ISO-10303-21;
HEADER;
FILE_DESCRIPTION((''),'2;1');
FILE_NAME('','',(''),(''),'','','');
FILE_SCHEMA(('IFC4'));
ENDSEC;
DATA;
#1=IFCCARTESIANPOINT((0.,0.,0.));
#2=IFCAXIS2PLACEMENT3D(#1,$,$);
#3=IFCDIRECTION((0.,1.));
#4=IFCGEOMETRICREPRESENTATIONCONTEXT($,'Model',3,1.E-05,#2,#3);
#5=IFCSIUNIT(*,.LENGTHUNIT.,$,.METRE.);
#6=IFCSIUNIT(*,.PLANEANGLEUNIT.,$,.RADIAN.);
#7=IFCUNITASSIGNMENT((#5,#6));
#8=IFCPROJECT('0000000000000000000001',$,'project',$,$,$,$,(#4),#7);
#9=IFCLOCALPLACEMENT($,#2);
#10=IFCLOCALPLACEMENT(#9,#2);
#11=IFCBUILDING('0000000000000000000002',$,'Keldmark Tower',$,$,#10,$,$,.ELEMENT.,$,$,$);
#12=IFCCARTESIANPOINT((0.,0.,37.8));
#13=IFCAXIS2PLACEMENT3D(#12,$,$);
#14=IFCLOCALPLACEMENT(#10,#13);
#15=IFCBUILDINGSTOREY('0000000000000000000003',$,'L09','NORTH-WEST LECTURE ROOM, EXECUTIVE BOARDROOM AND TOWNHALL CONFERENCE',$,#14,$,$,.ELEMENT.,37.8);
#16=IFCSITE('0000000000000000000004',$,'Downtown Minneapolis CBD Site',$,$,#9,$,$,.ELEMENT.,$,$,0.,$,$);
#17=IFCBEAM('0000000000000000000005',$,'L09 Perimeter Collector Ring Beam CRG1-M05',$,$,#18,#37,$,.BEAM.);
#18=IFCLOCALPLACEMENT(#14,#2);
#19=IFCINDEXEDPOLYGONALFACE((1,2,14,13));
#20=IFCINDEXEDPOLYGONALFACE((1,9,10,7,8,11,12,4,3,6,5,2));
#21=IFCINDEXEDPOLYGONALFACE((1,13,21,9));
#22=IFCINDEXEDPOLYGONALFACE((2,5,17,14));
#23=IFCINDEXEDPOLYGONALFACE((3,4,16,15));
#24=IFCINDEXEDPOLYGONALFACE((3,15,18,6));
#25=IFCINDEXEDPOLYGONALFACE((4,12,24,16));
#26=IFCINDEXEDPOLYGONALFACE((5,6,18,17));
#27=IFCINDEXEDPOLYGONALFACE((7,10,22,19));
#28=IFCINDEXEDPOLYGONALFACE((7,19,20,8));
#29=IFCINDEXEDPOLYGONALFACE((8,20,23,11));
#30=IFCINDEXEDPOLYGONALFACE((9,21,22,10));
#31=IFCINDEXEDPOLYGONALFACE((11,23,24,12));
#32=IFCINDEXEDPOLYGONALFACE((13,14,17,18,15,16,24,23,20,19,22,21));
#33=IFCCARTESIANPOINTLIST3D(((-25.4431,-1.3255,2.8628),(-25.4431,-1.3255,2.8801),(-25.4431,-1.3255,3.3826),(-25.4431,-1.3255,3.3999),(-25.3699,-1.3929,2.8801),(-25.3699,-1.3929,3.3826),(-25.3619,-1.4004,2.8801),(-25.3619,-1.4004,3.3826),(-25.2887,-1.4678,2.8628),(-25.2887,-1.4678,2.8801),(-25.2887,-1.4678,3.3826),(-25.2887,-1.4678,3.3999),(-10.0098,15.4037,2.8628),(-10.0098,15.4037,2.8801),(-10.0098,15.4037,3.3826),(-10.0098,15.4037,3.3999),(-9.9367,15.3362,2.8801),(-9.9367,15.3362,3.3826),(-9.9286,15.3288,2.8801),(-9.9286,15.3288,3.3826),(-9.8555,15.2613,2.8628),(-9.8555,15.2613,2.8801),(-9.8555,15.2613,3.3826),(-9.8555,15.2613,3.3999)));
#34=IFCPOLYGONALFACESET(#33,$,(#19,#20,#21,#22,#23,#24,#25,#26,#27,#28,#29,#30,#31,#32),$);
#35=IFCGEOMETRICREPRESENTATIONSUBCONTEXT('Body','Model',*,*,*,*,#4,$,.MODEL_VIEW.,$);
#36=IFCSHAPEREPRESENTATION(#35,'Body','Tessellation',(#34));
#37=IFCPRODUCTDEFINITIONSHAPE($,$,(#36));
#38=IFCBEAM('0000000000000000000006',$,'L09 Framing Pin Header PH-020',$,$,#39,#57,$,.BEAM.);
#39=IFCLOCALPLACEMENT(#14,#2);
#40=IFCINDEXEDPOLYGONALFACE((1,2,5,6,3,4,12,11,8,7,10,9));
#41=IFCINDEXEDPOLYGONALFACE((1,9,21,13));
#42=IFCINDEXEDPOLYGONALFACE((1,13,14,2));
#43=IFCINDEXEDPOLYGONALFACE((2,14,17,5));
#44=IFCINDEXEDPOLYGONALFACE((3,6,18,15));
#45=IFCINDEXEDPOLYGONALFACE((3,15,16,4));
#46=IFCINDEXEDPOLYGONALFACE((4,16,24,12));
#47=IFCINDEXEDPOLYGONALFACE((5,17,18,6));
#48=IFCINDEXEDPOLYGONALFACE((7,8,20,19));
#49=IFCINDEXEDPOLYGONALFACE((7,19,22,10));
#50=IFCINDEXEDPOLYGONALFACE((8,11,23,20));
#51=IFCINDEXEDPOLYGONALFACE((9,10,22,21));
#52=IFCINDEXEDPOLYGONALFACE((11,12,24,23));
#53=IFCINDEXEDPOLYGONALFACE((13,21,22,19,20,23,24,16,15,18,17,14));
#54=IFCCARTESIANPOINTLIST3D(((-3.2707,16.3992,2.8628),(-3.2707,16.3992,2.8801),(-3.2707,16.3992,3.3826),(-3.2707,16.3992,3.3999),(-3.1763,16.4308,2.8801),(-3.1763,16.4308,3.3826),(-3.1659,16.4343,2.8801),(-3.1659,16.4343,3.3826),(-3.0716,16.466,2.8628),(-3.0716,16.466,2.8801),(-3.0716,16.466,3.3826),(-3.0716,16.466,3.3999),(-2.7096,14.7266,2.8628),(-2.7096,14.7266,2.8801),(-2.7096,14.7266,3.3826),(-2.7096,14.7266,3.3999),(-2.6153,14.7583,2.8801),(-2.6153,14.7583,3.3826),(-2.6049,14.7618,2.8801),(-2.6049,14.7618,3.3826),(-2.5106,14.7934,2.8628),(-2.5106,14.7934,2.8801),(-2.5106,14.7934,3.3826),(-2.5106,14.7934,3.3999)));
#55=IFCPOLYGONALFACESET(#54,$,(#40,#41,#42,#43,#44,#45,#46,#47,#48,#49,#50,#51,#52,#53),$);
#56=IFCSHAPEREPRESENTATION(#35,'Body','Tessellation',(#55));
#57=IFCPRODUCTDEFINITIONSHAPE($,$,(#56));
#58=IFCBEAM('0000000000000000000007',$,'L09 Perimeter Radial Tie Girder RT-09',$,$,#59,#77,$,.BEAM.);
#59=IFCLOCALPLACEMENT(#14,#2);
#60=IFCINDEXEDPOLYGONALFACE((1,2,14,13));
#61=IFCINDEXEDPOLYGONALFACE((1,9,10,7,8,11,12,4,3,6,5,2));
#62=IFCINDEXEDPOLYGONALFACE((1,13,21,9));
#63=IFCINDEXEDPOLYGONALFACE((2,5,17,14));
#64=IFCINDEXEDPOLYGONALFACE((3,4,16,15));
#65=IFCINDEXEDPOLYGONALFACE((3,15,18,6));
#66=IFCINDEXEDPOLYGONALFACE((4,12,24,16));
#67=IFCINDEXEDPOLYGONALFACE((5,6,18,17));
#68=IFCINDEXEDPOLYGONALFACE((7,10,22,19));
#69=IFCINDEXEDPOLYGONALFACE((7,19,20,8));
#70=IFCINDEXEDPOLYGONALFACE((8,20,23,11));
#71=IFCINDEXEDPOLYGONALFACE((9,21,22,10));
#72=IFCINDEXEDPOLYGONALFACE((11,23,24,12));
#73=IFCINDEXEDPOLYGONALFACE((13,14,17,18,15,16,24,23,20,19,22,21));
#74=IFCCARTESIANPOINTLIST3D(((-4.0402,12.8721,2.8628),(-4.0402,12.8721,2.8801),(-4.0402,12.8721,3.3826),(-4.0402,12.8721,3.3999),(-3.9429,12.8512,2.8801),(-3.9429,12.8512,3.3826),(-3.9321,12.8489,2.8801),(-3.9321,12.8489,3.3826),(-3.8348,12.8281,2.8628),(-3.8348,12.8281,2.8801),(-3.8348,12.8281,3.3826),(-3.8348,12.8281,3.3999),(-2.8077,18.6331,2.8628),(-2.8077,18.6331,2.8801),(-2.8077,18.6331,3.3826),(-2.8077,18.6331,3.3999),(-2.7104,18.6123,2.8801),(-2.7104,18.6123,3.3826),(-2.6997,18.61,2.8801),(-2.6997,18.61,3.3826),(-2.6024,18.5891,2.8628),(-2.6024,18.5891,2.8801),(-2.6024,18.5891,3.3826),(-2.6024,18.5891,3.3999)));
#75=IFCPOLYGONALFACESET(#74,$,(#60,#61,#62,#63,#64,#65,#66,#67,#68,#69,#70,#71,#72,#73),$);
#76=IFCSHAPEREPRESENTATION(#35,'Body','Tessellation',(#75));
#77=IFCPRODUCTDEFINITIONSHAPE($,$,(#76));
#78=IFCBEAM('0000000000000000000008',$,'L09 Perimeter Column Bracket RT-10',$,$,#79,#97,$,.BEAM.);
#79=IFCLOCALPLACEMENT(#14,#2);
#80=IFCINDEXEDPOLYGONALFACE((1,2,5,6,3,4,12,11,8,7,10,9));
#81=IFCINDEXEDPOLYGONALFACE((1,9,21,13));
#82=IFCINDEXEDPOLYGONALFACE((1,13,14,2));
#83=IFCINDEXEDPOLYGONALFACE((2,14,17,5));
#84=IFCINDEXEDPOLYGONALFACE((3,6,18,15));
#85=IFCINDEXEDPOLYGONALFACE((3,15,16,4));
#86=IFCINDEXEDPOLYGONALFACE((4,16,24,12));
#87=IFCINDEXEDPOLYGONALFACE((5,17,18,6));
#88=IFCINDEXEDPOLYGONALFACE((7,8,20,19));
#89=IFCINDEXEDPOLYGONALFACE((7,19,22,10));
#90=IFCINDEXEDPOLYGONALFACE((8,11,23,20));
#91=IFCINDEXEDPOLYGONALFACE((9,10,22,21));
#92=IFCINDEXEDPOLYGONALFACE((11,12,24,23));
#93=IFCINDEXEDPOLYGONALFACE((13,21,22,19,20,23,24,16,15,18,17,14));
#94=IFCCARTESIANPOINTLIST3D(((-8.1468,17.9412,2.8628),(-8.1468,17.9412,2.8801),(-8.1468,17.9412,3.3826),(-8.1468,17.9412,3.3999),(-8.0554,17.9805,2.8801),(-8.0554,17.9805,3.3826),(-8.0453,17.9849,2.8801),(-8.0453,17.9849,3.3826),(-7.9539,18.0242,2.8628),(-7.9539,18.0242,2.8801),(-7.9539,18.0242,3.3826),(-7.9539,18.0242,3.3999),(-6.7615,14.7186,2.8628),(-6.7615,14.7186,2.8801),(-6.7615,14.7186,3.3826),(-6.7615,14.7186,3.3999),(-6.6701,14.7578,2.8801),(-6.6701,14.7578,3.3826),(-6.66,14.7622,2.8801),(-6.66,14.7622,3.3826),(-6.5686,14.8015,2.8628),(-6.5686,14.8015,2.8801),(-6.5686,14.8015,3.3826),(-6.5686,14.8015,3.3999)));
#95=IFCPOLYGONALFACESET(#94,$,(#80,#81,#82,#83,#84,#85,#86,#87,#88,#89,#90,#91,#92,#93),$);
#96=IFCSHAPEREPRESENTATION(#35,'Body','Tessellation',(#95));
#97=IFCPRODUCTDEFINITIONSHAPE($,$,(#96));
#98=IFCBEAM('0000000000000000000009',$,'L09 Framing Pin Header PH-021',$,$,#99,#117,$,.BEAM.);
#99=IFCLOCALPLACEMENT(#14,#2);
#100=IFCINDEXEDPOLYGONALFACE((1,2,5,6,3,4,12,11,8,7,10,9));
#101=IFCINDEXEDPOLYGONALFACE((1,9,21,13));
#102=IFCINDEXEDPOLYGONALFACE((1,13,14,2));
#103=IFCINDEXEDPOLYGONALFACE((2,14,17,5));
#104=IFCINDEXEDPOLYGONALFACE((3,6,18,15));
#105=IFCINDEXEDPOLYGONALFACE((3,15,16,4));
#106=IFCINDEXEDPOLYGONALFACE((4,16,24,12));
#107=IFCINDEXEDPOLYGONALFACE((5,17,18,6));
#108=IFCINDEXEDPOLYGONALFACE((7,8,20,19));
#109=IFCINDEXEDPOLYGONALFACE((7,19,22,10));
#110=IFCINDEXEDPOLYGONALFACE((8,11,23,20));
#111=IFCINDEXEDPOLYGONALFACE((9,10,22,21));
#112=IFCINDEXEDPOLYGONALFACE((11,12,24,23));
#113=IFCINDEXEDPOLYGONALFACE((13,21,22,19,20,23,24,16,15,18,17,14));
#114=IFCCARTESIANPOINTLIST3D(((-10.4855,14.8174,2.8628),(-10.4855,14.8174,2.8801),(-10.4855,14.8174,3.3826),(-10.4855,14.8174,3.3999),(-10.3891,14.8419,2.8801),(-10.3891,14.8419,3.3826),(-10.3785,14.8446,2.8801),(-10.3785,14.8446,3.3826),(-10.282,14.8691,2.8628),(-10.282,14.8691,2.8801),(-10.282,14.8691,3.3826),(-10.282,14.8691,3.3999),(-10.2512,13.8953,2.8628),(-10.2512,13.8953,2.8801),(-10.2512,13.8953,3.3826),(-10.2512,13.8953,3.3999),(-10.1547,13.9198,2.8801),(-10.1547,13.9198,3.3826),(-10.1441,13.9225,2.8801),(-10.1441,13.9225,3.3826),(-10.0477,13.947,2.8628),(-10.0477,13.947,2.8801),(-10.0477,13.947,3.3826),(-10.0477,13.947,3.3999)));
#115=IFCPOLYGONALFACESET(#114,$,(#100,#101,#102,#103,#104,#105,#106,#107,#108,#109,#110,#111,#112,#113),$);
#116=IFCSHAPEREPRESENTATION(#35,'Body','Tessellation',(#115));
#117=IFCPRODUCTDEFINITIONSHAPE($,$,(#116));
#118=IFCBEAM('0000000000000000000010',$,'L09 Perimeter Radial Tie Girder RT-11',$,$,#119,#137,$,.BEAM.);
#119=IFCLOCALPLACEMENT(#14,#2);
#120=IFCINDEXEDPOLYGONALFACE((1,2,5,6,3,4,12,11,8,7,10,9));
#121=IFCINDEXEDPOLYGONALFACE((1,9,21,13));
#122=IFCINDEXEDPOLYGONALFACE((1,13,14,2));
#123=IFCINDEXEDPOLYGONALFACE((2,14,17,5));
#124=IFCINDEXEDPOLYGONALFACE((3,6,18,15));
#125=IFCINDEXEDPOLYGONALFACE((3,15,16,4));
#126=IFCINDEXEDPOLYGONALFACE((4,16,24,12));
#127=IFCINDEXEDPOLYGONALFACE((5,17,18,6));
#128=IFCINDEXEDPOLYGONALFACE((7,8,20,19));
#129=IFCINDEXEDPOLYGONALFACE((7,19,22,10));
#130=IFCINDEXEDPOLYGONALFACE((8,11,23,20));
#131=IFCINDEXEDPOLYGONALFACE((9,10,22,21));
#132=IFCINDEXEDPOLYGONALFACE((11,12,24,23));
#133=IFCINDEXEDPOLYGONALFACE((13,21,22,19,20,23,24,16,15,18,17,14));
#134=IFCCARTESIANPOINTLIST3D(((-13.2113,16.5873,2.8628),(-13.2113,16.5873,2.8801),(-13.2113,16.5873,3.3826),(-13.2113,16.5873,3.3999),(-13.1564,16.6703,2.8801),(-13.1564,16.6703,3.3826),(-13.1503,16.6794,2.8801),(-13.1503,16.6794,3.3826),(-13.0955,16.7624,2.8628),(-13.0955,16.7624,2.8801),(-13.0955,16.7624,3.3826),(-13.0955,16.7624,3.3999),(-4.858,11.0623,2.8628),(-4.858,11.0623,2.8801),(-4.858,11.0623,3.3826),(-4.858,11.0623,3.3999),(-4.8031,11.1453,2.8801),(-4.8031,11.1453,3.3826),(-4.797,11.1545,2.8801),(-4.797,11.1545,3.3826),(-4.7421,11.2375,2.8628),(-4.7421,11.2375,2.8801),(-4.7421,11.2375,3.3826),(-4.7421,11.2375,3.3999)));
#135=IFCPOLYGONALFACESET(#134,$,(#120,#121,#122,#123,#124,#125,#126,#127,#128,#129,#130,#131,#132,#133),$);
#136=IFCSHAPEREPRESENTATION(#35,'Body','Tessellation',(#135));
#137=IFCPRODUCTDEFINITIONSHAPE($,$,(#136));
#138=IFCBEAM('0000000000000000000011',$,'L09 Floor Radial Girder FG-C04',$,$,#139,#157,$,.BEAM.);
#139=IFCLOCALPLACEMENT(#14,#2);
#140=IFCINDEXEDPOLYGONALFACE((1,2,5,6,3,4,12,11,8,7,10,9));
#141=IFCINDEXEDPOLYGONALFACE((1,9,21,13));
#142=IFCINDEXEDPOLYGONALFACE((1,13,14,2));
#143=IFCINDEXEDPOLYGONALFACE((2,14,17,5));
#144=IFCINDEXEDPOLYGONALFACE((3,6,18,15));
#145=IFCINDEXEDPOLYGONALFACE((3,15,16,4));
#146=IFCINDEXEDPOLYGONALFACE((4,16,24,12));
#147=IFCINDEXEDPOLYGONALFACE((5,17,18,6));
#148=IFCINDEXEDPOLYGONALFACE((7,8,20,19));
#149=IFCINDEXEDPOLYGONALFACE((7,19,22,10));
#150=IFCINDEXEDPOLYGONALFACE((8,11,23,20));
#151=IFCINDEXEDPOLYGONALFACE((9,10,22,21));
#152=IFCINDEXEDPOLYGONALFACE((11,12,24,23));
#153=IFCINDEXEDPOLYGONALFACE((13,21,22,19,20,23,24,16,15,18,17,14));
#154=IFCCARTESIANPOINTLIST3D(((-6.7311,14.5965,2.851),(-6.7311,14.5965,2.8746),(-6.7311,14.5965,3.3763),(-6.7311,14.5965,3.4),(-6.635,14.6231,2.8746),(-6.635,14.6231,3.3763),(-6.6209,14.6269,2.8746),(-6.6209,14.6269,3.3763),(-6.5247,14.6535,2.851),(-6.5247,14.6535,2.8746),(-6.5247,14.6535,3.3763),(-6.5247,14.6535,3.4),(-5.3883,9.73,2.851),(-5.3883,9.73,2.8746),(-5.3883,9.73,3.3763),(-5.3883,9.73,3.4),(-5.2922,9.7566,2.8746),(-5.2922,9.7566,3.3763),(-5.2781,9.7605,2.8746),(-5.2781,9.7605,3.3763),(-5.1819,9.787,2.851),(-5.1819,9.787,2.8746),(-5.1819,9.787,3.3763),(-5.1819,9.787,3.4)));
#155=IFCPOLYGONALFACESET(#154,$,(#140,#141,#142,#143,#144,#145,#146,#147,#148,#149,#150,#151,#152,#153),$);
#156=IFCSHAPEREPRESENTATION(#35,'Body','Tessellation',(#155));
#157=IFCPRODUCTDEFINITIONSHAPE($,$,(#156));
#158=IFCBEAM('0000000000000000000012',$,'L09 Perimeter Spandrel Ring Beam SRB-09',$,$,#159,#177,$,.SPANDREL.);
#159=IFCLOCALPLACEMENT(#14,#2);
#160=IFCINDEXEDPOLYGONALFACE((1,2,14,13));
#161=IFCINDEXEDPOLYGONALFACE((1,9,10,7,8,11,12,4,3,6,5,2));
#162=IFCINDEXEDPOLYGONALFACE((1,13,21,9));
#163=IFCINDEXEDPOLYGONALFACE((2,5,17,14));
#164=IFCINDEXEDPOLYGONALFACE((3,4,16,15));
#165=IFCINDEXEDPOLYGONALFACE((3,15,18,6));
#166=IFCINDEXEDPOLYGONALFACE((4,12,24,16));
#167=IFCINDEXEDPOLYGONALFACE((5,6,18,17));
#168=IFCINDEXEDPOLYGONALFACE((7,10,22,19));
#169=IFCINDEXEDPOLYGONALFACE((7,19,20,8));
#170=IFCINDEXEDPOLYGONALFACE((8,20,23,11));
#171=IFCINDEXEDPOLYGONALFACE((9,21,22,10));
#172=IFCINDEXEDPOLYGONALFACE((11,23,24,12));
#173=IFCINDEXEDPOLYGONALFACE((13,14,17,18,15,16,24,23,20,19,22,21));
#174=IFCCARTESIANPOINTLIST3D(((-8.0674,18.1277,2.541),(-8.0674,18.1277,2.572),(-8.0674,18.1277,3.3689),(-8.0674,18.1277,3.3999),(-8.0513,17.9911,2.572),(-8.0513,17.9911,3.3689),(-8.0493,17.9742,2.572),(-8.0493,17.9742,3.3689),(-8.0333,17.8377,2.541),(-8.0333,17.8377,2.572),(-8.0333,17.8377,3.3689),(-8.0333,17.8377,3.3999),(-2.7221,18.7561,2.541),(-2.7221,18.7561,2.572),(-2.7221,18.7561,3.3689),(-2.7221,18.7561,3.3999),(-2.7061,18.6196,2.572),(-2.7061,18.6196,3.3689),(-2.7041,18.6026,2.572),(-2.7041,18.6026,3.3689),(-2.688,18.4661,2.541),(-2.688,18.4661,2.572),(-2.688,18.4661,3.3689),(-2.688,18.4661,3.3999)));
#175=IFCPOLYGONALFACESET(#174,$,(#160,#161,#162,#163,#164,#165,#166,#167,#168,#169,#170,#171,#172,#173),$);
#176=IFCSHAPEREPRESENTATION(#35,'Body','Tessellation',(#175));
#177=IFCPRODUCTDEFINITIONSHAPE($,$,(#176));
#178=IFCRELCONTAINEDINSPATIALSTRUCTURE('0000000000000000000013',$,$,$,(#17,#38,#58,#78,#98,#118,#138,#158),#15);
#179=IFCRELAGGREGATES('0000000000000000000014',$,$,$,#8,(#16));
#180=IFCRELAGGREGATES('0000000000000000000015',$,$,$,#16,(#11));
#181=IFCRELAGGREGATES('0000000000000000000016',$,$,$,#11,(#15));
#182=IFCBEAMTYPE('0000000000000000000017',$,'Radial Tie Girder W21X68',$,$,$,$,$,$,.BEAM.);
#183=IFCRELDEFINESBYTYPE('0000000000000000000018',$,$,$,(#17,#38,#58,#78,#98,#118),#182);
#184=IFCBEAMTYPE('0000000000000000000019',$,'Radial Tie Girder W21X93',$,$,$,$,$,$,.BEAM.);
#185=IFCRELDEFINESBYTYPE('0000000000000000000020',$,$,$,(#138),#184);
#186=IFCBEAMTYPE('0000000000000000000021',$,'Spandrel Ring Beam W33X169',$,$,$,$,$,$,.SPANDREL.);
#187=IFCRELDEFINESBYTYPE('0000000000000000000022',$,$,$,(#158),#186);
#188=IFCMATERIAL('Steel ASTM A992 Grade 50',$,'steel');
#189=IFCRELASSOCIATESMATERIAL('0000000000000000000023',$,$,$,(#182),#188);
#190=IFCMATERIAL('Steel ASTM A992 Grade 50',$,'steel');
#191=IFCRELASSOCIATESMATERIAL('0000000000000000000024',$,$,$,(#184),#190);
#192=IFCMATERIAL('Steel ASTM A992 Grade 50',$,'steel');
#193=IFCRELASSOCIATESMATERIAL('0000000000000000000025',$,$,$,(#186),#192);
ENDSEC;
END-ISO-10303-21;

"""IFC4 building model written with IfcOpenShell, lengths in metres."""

from ifc_helpers import new_model, si_unit, direction, frame, origin, origin_2d, place, context, subcontext, project, spatial, i_section, extrude, material, material_profile, profile_set, type_object, element, save


model = new_model("IFC4")

# Units and contexts
model_context = context("Model", 3, precision=1e-05, world=origin(), true_north=direction((0.0, 1.0)))
body_context = subcontext(model_context, "Body", "Model", "MODEL_VIEW")
ifc_project = project(units=[si_unit("LENGTHUNIT", "METRE"), si_unit("PLANEANGLEUNIT", "RADIAN")], contexts=[model_context])

# Site, building, storey
site_placement = place(None, origin())
site = spatial("IfcSite", under=ifc_project, at=site_placement, Name="Downtown Minneapolis CBD Site", CompositionType="ELEMENT", RefElevation=0.0)
building_placement = place(site_placement, origin())
building = spatial("IfcBuilding", under=site, at=building_placement, Name="Keldmark Tower", CompositionType="ELEMENT")
storey_placement = place(building_placement, frame((0.0, 0.0, 37.8)))
storey = spatial("IfcBuildingStorey", under=building, at=storey_placement, Name="L09", Description="NORTH-WEST LECTURE ROOM, EXECUTIVE BOARDROOM AND TOWNHALL CONFERENCE", CompositionType="ELEMENT", Elevation=37.8)

# Beams
ifc_material_1 = material(Name="Steel ASTM A992 Grade 50", Category="steel")
ifc_material_profile_1 = material_profile(ifc_material_1, i_section(OverallWidth=0.21, OverallDepth=0.5371, WebThickness=0.011, FlangeThickness=0.0173, at=origin_2d()), Name="W21X68")
ifc_profile_set_1 = profile_set([ifc_material_profile_1], Name="Steel ASTM A992 Grade 50")
beam_type_1 = type_object("IfcBeamType", Name="Radial Tie Girder W21X68", PredefinedType="BEAM", material=ifc_profile_set_1)
beam_1_placement = place(storey_placement, frame((-9.9326, 15.3325, 3.1313), z_axis=(-0.678066, -0.735001, 0.0), x_axis=(0.735001, -0.678066, 0.0)))
element("IfcBeam", 1, at=beam_1_placement, inside=storey, type_object=beam_type_1, Name="L09 Perimeter Collector Ring Beam CRG1-M05", PredefinedType="BEAM", context=body_context, shape_type="SweptSolid", body=[
    extrude(i_section(OverallWidth=0.21, OverallDepth=0.5371, WebThickness=0.011, FlangeThickness=0.0173, at=origin_2d()), origin(), (0.0, 0.0, 1.0), 22.7607),
])
beam_2_placement = place(storey_placement, frame((-2.6101, 14.76, 3.1313), z_axis=(-0.318012, 0.948087, 0.0), x_axis=(-0.948087, -0.318012, 0.0)))
element("IfcBeam", 2, at=beam_2_placement, inside=storey, type_object=beam_type_1, Name="L09 Framing Pin Header PH-020", PredefinedType="BEAM", context=body_context, shape_type="SweptSolid", body=[
    extrude(i_section(OverallWidth=0.21, OverallDepth=0.5371, WebThickness=0.011, FlangeThickness=0.0173, at=origin_2d()), origin(), (0.0, 0.0, 1.0), 1.7642),
])
beam_3_placement = place(storey_placement, frame((-3.9375, 12.8501, 3.1313), z_axis=(0.209192, 0.977875, 0.0), x_axis=(-0.977875, 0.209192, 0.0)))
element("IfcBeam", 3, at=beam_3_placement, inside=storey, type_object=beam_type_1, Name="L09 Perimeter Radial Tie Girder RT-09", PredefinedType="BEAM", context=body_context, shape_type="SweptSolid", body=[
    extrude(i_section(OverallWidth=0.21, OverallDepth=0.5371, WebThickness=0.011, FlangeThickness=0.0173, at=origin_2d()), origin(), (0.0, 0.0, 1.0), 5.8914),
])
beam_4_placement = place(storey_placement, frame((-6.665, 14.76, 3.1313), z_axis=(-0.39491, 0.91872, 0.0), x_axis=(-0.91872, -0.39491, 0.0)))
element("IfcBeam", 4, at=beam_4_placement, inside=storey, type_object=beam_type_1, Name="L09 Perimeter Column Bracket RT-10", PredefinedType="BEAM", context=body_context, shape_type="SweptSolid", body=[
    extrude(i_section(OverallWidth=0.21, OverallDepth=0.5371, WebThickness=0.011, FlangeThickness=0.0173, at=origin_2d()), origin(), (0.0, 0.0, 1.0), 3.5078),
])
beam_5_placement = place(storey_placement, frame((-10.1494, 13.9211, 3.1313), z_axis=(-0.246338, 0.969184, 0.0), x_axis=(-0.969184, -0.246338, 0.0)))
element("IfcBeam", 5, at=beam_5_placement, inside=storey, type_object=beam_type_1, Name="L09 Framing Pin Header PH-021", PredefinedType="BEAM", context=body_context, shape_type="SweptSolid", body=[
    extrude(i_section(OverallWidth=0.21, OverallDepth=0.5371, WebThickness=0.011, FlangeThickness=0.0173, at=origin_2d()), origin(), (0.0, 0.0, 1.0), 0.9514),
])
beam_6_placement = place(storey_placement, frame((-4.8, 11.1499, 3.1313), z_axis=(-0.83407, 0.551659, 0.0), x_axis=(-0.551659, -0.83407, 0.0)))
element("IfcBeam", 6, at=beam_6_placement, inside=storey, type_object=beam_type_1, Name="L09 Perimeter Radial Tie Girder RT-11", PredefinedType="BEAM", context=body_context, shape_type="SweptSolid", body=[
    extrude(i_section(OverallWidth=0.21, OverallDepth=0.5371, WebThickness=0.011, FlangeThickness=0.0173, at=origin_2d()), origin(), (0.0, 0.0, 1.0), 10.0151),
])
ifc_material_2 = material(Name="Steel ASTM A992 Grade 50", Category="steel")
ifc_material_profile_2 = material_profile(ifc_material_2, i_section(OverallWidth=0.2141, OverallDepth=0.5491, WebThickness=0.0146, FlangeThickness=0.0237, at=origin_2d()), Name="W21X93")
ifc_profile_set_2 = profile_set([ifc_material_profile_2], Name="Steel ASTM A992 Grade 50")
beam_type_2 = type_object("IfcBeamType", Name="Radial Tie Girder W21X93", PredefinedType="BEAM", material=ifc_profile_set_2)
beam_7_placement = place(storey_placement, frame((-6.6279, 14.625, 3.1255), z_axis=(0.265985, -0.963977, 0.0), x_axis=(0.963977, 0.265985, 0.0)))
element("IfcBeam", 7, at=beam_7_placement, inside=storey, type_object=beam_type_2, Name="L09 Floor Radial Girder FG-C04", PredefinedType="BEAM", context=body_context, shape_type="SweptSolid", body=[
    extrude(i_section(OverallWidth=0.2141, OverallDepth=0.5491, WebThickness=0.0146, FlangeThickness=0.0237, at=origin_2d()), origin(), (0.0, 0.0, 1.0), 5.0483),
])
ifc_material_3 = material(Name="Steel ASTM A992 Grade 50", Category="steel")
ifc_material_profile_3 = material_profile(ifc_material_3, i_section(OverallWidth=0.292, OverallDepth=0.8589, WebThickness=0.0171, FlangeThickness=0.031, at=origin_2d()), Name="W33X169")
ifc_profile_set_3 = profile_set([ifc_material_profile_3], Name="Steel ASTM A992 Grade 50")
beam_type_3 = type_object("IfcBeamType", Name="Spandrel Ring Beam W33X169", PredefinedType="SPANDREL", material=ifc_profile_set_3)
beam_8_placement = place(storey_placement, frame((-2.7051, 18.6111, 2.9705), z_axis=(-0.99316, -0.116762, 0.0), x_axis=(0.116762, -0.99316, 0.0)))
element("IfcBeam", 8, at=beam_8_placement, inside=storey, type_object=beam_type_3, Name="L09 Perimeter Spandrel Ring Beam SRB-09", PredefinedType="SPANDREL", context=body_context, shape_type="SweptSolid", body=[
    extrude(i_section(OverallWidth=0.292, OverallDepth=0.8589, WebThickness=0.0171, FlangeThickness=0.031, at=origin_2d()), origin(), (0.0, 0.0, 1.0), 5.3821),
])

save(model, "model.ifc")
